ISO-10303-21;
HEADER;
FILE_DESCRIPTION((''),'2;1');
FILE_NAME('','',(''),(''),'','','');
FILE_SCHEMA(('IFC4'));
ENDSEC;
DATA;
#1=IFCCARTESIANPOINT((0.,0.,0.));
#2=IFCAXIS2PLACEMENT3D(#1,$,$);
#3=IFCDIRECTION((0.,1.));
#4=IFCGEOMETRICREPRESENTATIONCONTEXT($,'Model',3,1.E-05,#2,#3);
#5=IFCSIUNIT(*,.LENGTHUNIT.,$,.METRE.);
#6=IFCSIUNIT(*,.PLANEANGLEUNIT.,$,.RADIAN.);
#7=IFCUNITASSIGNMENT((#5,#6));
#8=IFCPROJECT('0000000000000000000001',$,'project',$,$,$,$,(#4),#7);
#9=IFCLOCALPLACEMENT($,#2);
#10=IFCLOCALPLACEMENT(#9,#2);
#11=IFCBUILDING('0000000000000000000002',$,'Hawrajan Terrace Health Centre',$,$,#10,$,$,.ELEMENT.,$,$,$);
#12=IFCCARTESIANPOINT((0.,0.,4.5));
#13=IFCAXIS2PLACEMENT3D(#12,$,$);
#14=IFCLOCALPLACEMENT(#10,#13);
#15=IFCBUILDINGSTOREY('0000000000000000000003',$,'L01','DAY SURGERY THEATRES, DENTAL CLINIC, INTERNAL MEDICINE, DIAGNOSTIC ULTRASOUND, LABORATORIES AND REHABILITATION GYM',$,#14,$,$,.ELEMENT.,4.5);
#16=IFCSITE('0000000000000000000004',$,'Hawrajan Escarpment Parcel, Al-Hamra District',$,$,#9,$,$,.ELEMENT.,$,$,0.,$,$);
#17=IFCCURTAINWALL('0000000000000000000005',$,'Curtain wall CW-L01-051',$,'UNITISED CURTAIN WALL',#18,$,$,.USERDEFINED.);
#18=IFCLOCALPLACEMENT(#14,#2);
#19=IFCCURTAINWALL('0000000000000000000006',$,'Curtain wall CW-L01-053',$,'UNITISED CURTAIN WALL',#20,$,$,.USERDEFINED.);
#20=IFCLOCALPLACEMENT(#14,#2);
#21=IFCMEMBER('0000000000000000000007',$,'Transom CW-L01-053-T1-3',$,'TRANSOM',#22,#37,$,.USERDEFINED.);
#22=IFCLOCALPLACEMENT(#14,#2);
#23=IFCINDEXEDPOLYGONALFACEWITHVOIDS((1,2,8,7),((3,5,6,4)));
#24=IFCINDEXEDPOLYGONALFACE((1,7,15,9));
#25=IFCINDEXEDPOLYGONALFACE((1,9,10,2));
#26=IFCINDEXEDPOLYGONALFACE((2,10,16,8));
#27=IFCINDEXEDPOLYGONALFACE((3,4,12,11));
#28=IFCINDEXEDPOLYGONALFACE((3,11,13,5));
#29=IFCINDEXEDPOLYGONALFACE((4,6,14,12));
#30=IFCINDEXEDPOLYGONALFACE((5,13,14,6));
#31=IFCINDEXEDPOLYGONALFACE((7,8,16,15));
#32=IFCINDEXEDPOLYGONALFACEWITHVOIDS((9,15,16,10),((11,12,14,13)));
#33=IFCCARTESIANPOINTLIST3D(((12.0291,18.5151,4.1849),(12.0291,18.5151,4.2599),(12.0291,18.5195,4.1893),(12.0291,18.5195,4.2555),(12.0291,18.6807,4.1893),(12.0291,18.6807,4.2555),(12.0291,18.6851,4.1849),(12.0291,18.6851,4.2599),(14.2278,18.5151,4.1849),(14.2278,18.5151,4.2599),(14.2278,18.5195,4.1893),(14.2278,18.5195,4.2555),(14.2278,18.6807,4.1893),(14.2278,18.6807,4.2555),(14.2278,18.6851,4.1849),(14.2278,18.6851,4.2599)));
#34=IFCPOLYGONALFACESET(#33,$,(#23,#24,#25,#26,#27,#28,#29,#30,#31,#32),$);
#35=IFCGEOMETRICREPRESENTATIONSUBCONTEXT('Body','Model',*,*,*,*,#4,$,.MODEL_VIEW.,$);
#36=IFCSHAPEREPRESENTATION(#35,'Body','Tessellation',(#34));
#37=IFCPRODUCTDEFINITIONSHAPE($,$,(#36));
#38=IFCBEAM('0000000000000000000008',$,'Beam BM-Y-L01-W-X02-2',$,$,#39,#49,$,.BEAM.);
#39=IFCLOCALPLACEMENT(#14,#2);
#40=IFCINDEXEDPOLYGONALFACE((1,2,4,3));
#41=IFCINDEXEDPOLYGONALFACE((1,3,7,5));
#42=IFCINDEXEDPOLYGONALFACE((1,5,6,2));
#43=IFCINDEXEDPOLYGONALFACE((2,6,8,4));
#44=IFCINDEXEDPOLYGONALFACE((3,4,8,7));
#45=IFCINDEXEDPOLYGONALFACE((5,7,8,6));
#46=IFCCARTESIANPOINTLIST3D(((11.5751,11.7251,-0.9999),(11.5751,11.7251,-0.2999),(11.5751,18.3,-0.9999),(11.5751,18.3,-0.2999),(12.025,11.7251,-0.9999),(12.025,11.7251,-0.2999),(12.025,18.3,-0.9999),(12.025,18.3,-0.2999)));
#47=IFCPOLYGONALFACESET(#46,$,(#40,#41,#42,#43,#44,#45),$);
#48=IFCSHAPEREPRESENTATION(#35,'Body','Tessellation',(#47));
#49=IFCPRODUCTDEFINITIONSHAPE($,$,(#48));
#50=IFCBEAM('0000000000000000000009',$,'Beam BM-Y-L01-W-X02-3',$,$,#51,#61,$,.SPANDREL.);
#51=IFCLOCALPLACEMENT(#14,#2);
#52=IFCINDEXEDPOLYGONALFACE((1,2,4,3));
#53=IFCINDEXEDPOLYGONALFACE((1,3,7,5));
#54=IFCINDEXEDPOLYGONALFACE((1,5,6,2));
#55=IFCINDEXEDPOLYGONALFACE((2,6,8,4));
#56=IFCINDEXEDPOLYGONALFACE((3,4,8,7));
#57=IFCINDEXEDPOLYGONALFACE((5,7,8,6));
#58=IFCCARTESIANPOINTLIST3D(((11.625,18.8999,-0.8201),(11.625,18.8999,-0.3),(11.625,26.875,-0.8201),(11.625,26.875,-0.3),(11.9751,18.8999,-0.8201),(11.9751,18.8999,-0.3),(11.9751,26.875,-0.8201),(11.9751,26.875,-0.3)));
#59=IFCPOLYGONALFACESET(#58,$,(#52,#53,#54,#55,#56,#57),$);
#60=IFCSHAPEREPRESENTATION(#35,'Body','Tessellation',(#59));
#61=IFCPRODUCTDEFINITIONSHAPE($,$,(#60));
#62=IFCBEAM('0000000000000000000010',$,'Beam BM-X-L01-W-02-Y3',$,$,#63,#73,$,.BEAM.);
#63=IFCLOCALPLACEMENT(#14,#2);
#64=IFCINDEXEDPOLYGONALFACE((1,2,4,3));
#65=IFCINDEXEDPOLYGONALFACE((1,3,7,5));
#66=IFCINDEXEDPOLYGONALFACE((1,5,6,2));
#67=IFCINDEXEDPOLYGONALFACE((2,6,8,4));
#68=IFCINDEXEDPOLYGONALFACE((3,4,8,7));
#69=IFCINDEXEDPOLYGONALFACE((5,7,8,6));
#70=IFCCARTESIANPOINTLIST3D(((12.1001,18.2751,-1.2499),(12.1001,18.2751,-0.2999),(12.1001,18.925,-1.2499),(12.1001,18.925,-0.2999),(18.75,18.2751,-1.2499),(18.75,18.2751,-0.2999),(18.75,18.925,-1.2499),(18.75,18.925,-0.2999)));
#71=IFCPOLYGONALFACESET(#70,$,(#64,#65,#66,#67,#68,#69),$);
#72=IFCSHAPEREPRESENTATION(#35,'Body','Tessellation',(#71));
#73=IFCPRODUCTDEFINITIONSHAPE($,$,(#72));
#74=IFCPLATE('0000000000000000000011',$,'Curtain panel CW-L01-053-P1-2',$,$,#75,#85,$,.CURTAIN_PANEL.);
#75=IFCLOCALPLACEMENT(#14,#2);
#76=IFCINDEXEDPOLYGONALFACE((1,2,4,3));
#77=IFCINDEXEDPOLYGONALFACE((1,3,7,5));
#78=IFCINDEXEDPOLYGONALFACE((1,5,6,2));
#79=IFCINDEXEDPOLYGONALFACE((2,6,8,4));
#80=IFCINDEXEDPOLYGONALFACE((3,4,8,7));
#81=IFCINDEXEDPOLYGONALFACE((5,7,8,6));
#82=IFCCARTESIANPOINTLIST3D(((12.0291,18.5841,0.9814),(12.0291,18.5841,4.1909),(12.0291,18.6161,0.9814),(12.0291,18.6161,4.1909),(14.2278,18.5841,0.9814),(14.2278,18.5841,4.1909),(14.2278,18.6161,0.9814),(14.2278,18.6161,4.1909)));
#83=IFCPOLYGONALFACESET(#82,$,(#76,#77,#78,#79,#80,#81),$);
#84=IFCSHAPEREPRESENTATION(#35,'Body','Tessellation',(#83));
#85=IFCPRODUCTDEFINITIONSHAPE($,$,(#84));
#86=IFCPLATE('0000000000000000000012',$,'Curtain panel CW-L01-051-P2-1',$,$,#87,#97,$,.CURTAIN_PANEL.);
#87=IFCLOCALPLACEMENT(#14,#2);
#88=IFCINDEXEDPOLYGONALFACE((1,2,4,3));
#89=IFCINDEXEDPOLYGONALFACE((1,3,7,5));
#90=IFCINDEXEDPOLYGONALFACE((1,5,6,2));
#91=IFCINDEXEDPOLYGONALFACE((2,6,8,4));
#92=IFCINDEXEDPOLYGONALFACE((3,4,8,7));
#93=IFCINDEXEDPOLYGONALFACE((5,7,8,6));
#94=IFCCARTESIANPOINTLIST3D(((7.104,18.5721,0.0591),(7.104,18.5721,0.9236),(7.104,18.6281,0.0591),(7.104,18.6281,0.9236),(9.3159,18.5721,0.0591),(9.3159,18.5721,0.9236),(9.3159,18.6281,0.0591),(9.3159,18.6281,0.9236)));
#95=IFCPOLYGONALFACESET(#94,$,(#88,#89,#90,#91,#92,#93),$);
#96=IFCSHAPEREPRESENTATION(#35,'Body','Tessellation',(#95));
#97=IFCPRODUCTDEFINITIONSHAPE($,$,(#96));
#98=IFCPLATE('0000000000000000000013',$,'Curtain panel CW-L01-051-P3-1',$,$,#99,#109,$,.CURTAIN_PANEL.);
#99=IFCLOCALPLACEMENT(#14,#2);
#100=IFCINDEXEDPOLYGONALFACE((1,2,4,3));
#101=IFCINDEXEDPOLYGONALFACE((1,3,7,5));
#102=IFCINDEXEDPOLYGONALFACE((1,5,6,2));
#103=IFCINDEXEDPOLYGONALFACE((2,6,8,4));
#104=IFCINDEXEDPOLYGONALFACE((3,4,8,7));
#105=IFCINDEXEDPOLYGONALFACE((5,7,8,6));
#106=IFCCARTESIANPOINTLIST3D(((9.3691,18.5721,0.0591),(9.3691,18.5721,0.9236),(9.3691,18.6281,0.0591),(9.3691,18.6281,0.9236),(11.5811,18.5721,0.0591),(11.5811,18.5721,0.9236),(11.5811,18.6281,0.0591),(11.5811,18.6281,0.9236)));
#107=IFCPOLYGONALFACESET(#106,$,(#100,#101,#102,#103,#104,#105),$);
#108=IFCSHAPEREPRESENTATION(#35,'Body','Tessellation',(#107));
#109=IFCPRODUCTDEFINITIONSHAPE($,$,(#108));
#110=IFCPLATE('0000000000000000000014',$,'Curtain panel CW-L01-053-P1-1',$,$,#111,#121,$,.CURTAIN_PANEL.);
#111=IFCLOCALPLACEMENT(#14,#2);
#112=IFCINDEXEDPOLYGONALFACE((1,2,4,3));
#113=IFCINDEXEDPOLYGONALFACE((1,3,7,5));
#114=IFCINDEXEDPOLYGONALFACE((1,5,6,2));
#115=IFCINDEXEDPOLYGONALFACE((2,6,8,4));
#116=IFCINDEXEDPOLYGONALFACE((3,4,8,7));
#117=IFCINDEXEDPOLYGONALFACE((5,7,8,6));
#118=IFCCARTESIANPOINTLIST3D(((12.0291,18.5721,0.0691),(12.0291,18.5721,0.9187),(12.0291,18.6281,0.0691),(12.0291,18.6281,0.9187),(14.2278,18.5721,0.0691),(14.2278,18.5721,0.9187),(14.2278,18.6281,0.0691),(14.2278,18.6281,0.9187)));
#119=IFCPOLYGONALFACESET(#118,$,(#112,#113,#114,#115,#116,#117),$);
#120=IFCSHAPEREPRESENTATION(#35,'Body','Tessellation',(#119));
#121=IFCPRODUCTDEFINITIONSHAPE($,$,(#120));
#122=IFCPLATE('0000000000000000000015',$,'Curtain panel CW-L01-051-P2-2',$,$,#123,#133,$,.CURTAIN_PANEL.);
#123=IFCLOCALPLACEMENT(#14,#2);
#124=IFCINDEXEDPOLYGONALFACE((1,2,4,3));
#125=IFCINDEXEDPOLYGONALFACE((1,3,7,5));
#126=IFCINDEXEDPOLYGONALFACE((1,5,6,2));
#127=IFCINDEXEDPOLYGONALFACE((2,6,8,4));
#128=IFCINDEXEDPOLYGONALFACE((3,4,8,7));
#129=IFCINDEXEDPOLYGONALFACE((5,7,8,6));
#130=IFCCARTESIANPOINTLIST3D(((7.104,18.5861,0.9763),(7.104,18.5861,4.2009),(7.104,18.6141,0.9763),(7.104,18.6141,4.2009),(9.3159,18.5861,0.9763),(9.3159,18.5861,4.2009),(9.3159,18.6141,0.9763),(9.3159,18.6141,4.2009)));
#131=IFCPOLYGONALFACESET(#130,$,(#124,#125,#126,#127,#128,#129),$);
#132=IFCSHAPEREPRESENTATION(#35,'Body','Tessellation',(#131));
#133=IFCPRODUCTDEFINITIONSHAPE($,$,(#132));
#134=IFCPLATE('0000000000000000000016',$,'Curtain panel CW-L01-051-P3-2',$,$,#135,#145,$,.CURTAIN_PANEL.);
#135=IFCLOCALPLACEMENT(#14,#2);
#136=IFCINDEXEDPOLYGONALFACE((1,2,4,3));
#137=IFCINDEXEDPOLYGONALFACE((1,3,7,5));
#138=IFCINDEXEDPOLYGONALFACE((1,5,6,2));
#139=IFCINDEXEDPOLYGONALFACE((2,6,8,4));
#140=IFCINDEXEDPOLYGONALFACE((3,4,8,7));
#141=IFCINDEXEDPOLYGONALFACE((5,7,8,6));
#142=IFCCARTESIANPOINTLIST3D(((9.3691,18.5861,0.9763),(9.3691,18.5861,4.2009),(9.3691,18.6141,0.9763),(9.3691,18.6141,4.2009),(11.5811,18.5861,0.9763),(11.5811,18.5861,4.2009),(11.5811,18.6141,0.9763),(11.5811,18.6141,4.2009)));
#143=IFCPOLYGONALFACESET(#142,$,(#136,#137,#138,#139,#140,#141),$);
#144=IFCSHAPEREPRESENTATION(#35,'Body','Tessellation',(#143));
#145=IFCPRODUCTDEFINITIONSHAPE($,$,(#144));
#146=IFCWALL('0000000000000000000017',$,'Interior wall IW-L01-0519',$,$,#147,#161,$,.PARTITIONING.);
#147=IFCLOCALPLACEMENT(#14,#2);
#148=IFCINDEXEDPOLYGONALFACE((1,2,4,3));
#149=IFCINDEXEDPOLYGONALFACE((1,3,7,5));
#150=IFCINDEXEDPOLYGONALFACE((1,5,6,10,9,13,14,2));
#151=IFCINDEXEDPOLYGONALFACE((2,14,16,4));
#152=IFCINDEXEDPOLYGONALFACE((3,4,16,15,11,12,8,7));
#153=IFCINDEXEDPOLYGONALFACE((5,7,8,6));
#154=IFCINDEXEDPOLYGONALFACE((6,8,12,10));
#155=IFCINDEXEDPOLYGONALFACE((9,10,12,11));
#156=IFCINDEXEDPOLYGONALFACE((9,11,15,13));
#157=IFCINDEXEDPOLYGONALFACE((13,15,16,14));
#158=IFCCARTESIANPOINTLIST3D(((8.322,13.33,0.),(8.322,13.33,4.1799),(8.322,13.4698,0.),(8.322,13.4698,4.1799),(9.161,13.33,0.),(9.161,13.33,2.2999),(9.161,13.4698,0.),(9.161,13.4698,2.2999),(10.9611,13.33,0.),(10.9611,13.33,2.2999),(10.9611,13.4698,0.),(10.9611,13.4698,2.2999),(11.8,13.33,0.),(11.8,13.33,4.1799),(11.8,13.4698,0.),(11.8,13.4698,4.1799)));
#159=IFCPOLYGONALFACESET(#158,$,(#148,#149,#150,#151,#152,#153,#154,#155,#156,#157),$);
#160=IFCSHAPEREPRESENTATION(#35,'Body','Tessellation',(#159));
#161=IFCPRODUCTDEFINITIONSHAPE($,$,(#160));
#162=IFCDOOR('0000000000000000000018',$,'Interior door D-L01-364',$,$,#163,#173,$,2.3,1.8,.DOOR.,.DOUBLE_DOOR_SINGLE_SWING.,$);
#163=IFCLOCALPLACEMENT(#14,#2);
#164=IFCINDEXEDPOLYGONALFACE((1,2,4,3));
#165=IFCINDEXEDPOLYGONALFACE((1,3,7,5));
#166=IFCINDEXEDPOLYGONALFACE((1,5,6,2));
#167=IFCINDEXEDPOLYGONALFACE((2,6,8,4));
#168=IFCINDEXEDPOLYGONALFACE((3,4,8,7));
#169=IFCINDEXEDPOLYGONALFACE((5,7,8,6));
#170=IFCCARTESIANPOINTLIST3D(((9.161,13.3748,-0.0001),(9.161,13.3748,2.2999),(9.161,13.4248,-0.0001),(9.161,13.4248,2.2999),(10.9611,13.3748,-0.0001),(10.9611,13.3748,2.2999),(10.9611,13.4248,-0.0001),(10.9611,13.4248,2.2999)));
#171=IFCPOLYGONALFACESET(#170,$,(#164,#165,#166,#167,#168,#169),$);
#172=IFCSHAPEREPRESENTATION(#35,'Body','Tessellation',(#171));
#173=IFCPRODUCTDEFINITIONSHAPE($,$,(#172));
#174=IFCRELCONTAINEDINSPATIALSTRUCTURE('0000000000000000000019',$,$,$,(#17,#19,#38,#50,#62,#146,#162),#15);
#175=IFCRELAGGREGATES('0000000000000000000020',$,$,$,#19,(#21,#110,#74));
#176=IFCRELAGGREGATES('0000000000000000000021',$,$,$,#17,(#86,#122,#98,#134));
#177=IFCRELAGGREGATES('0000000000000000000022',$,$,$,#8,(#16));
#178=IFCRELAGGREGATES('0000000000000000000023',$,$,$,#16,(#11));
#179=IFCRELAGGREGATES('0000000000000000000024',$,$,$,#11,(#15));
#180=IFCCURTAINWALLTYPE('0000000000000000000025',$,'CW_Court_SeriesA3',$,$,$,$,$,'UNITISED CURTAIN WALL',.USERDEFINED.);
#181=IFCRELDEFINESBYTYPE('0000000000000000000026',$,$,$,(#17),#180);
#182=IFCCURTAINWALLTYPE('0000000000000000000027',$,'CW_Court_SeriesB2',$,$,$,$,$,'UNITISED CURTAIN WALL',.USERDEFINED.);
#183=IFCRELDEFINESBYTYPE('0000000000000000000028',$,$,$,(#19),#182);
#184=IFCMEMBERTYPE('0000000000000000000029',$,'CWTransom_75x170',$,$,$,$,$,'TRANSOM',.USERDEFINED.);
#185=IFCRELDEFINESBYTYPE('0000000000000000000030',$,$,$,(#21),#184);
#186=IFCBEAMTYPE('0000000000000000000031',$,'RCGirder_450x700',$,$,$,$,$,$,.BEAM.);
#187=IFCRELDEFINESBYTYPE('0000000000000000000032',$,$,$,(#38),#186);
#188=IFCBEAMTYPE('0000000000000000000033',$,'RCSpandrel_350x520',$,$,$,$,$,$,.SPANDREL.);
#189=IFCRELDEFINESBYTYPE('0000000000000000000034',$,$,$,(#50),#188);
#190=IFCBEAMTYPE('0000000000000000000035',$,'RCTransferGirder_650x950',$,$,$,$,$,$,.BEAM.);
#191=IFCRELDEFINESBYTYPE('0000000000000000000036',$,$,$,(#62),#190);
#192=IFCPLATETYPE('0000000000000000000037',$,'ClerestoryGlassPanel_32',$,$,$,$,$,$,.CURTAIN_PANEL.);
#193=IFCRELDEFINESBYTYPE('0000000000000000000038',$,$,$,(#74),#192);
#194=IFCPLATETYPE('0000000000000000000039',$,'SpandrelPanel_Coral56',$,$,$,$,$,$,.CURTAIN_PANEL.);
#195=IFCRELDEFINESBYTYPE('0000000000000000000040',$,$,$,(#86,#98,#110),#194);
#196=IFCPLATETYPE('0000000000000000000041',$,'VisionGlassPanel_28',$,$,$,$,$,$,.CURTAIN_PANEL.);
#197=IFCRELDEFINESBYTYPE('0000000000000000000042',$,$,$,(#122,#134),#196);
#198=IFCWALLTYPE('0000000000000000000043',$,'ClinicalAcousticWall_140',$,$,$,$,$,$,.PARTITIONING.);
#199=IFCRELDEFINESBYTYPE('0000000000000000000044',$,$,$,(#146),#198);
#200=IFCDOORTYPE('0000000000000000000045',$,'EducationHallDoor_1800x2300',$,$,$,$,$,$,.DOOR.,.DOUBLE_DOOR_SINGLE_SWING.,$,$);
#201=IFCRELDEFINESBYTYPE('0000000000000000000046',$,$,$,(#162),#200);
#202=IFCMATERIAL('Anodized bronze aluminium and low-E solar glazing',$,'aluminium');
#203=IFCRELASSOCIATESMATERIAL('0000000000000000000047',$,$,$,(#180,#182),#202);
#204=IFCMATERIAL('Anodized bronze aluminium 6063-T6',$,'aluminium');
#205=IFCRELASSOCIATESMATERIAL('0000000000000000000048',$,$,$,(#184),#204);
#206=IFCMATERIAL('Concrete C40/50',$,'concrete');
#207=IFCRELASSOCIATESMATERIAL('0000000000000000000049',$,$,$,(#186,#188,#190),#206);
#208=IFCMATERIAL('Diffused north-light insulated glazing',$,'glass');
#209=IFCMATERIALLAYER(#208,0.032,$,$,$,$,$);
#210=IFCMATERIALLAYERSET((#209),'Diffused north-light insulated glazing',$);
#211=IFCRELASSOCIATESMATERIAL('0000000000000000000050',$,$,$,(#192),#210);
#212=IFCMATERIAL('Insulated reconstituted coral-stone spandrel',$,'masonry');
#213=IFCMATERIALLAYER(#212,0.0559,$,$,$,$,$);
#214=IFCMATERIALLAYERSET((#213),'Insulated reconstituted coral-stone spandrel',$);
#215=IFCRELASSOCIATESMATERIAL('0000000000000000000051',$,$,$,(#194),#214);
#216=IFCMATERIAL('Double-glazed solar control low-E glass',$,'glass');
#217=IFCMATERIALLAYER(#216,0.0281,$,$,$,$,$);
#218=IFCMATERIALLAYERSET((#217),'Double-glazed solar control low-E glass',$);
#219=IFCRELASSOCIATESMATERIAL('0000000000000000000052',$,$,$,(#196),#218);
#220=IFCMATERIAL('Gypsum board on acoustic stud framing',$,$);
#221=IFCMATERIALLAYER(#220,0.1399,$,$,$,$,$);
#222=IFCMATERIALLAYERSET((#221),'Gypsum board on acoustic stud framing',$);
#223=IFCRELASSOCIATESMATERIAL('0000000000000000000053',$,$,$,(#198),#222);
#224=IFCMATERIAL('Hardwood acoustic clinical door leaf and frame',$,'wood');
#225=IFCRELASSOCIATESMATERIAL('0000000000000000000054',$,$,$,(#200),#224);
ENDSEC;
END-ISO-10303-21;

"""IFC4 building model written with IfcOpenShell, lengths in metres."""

from ifc_helpers import new_model, si_unit, direction, frame, frame_2d, origin, origin_2d, place, context, subcontext, project, spatial, rectangle, hollow_rectangle, extrude, material, layer, layer_set, material_profile, profile_set, type_object, element, fill, aggregate, save


model = new_model("IFC4")

# Units and contexts
model_context = context("Model", 3, precision=1e-05, world=origin(), true_north=direction((0.0, 1.0)))
body_context = subcontext(model_context, "Body", "Model", "MODEL_VIEW")
ifc_project = project(units=[si_unit("LENGTHUNIT", "METRE"), si_unit("PLANEANGLEUNIT", "RADIAN")], contexts=[model_context])

# Site, building, storey
site_placement = place(None, origin())
site = spatial("IfcSite", under=ifc_project, at=site_placement, Name="Hawrajan Escarpment Parcel, Al-Hamra District", CompositionType="ELEMENT", RefElevation=0.0)
building_placement = place(site_placement, origin())
building = spatial("IfcBuilding", under=site, at=building_placement, Name="Hawrajan Terrace Health Centre", CompositionType="ELEMENT")
storey_placement = place(building_placement, frame((0.0, 0.0, 4.5)))
storey = spatial("IfcBuildingStorey", under=building, at=storey_placement, Name="L01", Description="DAY SURGERY THEATRES, DENTAL CLINIC, INTERNAL MEDICINE, DIAGNOSTIC ULTRASOUND, LABORATORIES AND REHABILITATION GYM", CompositionType="ELEMENT", Elevation=4.5)

# Curtain wall
ifc_material_1 = material(Name="Anodized bronze aluminium and low-E solar glazing", Category="aluminium")
curtain_wall_type_1 = type_object("IfcCurtainWallType", Name="CW_Court_SeriesA3", ElementType="UNITISED CURTAIN WALL", PredefinedType="USERDEFINED", material=ifc_material_1)
curtain_wall_1_placement = place(storey_placement, origin())
curtain_wall_1 = element("IfcCurtainWall", 1, at=curtain_wall_1_placement, inside=storey, type_object=curtain_wall_type_1, Name="Curtain wall CW-L01-051", ObjectType="UNITISED CURTAIN WALL", PredefinedType="USERDEFINED")
ifc_material_2 = material(Name="Anodized bronze aluminium 6063-T6", Category="aluminium")

# Curtain wall
curtain_wall_type_2 = type_object("IfcCurtainWallType", Name="CW_Court_SeriesB2", ElementType="UNITISED CURTAIN WALL", PredefinedType="USERDEFINED", material=ifc_material_1)
curtain_wall_2_placement = place(storey_placement, origin())
curtain_wall_2 = element("IfcCurtainWall", 2, at=curtain_wall_2_placement, inside=storey, type_object=curtain_wall_type_2, Name="Curtain wall CW-L01-053", ObjectType="UNITISED CURTAIN WALL", PredefinedType="USERDEFINED")

# Member
ifc_material_profile_1 = material_profile(ifc_material_2, hollow_rectangle(XDim=0.075, YDim=0.1699, WallThickness=0.0044, at=origin_2d()), Name="CW TRN 75x170")
ifc_profile_set_1 = profile_set([ifc_material_profile_1], Name="Anodized bronze aluminium 6063-T6")
member_type_1 = type_object("IfcMemberType", Name="CWTransom_75x170", ElementType="TRANSOM", PredefinedType="USERDEFINED", material=ifc_profile_set_1)
member_1_placement = place(storey_placement, frame((12.0291, 18.6001, 4.2224), z_axis=(1.0, 0.0, 0.0), x_axis=(0.0, 0.0, 1.0)))
member_1 = element("IfcMember", 3, at=member_1_placement, type_object=member_type_1, Name="Transom CW-L01-053-T1-3", ObjectType="TRANSOM", PredefinedType="USERDEFINED", context=body_context, shape_type="SweptSolid", body=[
    extrude(hollow_rectangle(XDim=0.075, YDim=0.1699, WallThickness=0.0044, at=origin_2d()), origin(), (0.0, 0.0, 1.0), 2.1987),
])

# Beams
ifc_material_3 = material(Name="Concrete C40/50", Category="concrete")
ifc_material_profile_2 = material_profile(ifc_material_3, rectangle(XDim=0.45, YDim=0.7, at=origin_2d()), Name="RC BM 450x700")
ifc_profile_set_2 = profile_set([ifc_material_profile_2], Name="Concrete C40/50")
beam_type_1 = type_object("IfcBeamType", Name="RCGirder_450x700", PredefinedType="BEAM", material=ifc_profile_set_2)
beam_1_placement = place(storey_placement, frame((11.8, 11.7251, -0.6499), z_axis=(0.0, 1.0, 0.0), x_axis=(-1.0, 0.0, 0.0)))
element("IfcBeam", 4, at=beam_1_placement, inside=storey, type_object=beam_type_1, Name="Beam BM-Y-L01-W-X02-2", PredefinedType="BEAM", context=body_context, shape_type="SweptSolid", body=[
    extrude(rectangle(XDim=0.45, YDim=0.7, at=origin_2d()), origin(), (0.0, 0.0, 1.0), 6.575),
])
ifc_material_profile_3 = material_profile(ifc_material_3, rectangle(XDim=0.3501, YDim=0.52, at=origin_2d()), Name="RC SP 350x520")
ifc_profile_set_3 = profile_set([ifc_material_profile_3], Name="Concrete C40/50")
beam_type_2 = type_object("IfcBeamType", Name="RCSpandrel_350x520", PredefinedType="SPANDREL", material=ifc_profile_set_3)
beam_2_placement = place(storey_placement, frame((11.8, 18.8999, -0.5601), z_axis=(0.0, 1.0, 0.0), x_axis=(-1.0, 0.0, 0.0)))
element("IfcBeam", 5, at=beam_2_placement, inside=storey, type_object=beam_type_2, Name="Beam BM-Y-L01-W-X02-3", PredefinedType="SPANDREL", context=body_context, shape_type="SweptSolid", body=[
    extrude(rectangle(XDim=0.3501, YDim=0.52, at=origin_2d()), origin(), (0.0, 0.0, 1.0), 7.9751),
])
ifc_material_profile_4 = material_profile(ifc_material_3, rectangle(XDim=0.6499, YDim=0.95, at=origin_2d()), Name="RC TG 650x950")
ifc_profile_set_4 = profile_set([ifc_material_profile_4], Name="Concrete C40/50")
beam_type_3 = type_object("IfcBeamType", Name="RCTransferGirder_650x950", PredefinedType="BEAM", material=ifc_profile_set_4)
beam_3_placement = place(storey_placement, frame((12.1001, 18.6001, -0.7749), z_axis=(1.0, 0.0, 0.0), x_axis=(0.0, 1.0, 0.0)))
element("IfcBeam", 6, at=beam_3_placement, inside=storey, type_object=beam_type_3, Name="Beam BM-X-L01-W-02-Y3", PredefinedType="BEAM", context=body_context, shape_type="SweptSolid", body=[
    extrude(rectangle(XDim=0.6499, YDim=0.95, at=origin_2d()), origin(), (0.0, 0.0, 1.0), 6.6499),
])

# Plates
ifc_material_4 = material(Name="Diffused north-light insulated glazing", Category="glass")
ifc_layer_1 = layer(ifc_material_4, 0.032)
ifc_layer_set_1 = layer_set([ifc_layer_1], Name="Diffused north-light insulated glazing")
plate_type_1 = type_object("IfcPlateType", Name="ClerestoryGlassPanel_32", PredefinedType="CURTAIN_PANEL", material=ifc_layer_set_1)
plate_1_placement = place(storey_placement, frame((13.1284, 18.6001, 0.9814), z_axis=(0.0, 0.0, 1.0), x_axis=(1.0, 0.0, 0.0)))
plate_1 = element("IfcPlate", 7, at=plate_1_placement, type_object=plate_type_1, Name="Curtain panel CW-L01-053-P1-2", PredefinedType="CURTAIN_PANEL", context=body_context, shape_type="SweptSolid", body=[
    extrude(rectangle(XDim=2.1987, YDim=0.032, at=origin_2d()), origin(), (0.0, 0.0, 1.0), 3.2095),
])
ifc_material_5 = material(Name="Insulated reconstituted coral-stone spandrel", Category="masonry")
ifc_layer_2 = layer(ifc_material_5, 0.0559)
ifc_layer_set_2 = layer_set([ifc_layer_2], Name="Insulated reconstituted coral-stone spandrel")
plate_type_2 = type_object("IfcPlateType", Name="SpandrelPanel_Coral56", PredefinedType="CURTAIN_PANEL", material=ifc_layer_set_2)
plate_2_placement = place(storey_placement, frame((8.21, 18.6001, 0.0591), z_axis=(0.0, 0.0, 1.0), x_axis=(1.0, 0.0, 0.0)))
plate_2 = element("IfcPlate", 8, at=plate_2_placement, type_object=plate_type_2, Name="Curtain panel CW-L01-051-P2-1", PredefinedType="CURTAIN_PANEL", context=body_context, shape_type="SweptSolid", body=[
    extrude(rectangle(XDim=2.2119, YDim=0.0559, at=origin_2d()), origin(), (0.0, 0.0, 1.0), 0.8645),
])
plate_3_placement = place(storey_placement, frame((10.4751, 18.6001, 0.0591), z_axis=(0.0, 0.0, 1.0), x_axis=(1.0, 0.0, 0.0)))
plate_3 = element("IfcPlate", 9, at=plate_3_placement, type_object=plate_type_2, Name="Curtain panel CW-L01-051-P3-1", PredefinedType="CURTAIN_PANEL", context=body_context, shape_type="SweptSolid", body=[
    extrude(rectangle(XDim=2.2119, YDim=0.0559, at=origin_2d()), origin(), (0.0, 0.0, 1.0), 0.8645),
])
plate_4_placement = place(storey_placement, frame((13.1284, 18.6001, 0.0691), z_axis=(0.0, 0.0, 1.0), x_axis=(1.0, 0.0, 0.0)))
plate_4 = element("IfcPlate", 10, at=plate_4_placement, type_object=plate_type_2, Name="Curtain panel CW-L01-053-P1-1", PredefinedType="CURTAIN_PANEL", context=body_context, shape_type="SweptSolid", body=[
    extrude(rectangle(XDim=2.1987, YDim=0.0559, at=origin_2d()), origin(), (0.0, 0.0, 1.0), 0.8496),
])
aggregate(curtain_wall_2, [member_1, plate_4, plate_1])
ifc_material_6 = material(Name="Double-glazed solar control low-E glass", Category="glass")
ifc_layer_3 = layer(ifc_material_6, 0.0281)
ifc_layer_set_3 = layer_set([ifc_layer_3], Name="Double-glazed solar control low-E glass")
plate_type_3 = type_object("IfcPlateType", Name="VisionGlassPanel_28", PredefinedType="CURTAIN_PANEL", material=ifc_layer_set_3)
plate_5_placement = place(storey_placement, frame((8.21, 18.6001, 0.9763), z_axis=(0.0, 0.0, 1.0), x_axis=(1.0, 0.0, 0.0)))
plate_5 = element("IfcPlate", 11, at=plate_5_placement, type_object=plate_type_3, Name="Curtain panel CW-L01-051-P2-2", PredefinedType="CURTAIN_PANEL", context=body_context, shape_type="SweptSolid", body=[
    extrude(rectangle(XDim=2.2119, YDim=0.0281, at=origin_2d()), origin(), (0.0, 0.0, 1.0), 3.2246),
])
plate_6_placement = place(storey_placement, frame((10.4751, 18.6001, 0.9763), z_axis=(0.0, 0.0, 1.0), x_axis=(1.0, 0.0, 0.0)))
plate_6 = element("IfcPlate", 12, at=plate_6_placement, type_object=plate_type_3, Name="Curtain panel CW-L01-051-P3-2", PredefinedType="CURTAIN_PANEL", context=body_context, shape_type="SweptSolid", body=[
    extrude(rectangle(XDim=2.2119, YDim=0.0281, at=origin_2d()), origin(), (0.0, 0.0, 1.0), 3.2246),
])
aggregate(curtain_wall_1, [plate_2, plate_5, plate_3, plate_6])

# Wall, opening, door
ifc_material_7 = material(Name="Gypsum board on acoustic stud framing")
ifc_layer_4 = layer(ifc_material_7, 0.1399)
ifc_layer_set_4 = layer_set([ifc_layer_4], Name="Gypsum board on acoustic stud framing")
wall_type_1 = type_object("IfcWallType", Name="ClinicalAcousticWall_140", PredefinedType="PARTITIONING", material=ifc_layer_set_4)
wall_1_placement = place(storey_placement, frame((8.322, 13.3999, 0.0), z_axis=(0.0, 0.0, 1.0), x_axis=(1.0, 0.0, 0.0)))
wall_1 = element("IfcWall", 13, at=wall_1_placement, inside=storey, type_object=wall_type_1, Name="Interior wall IW-L01-0519", PredefinedType="PARTITIONING", context=body_context, shape_type="SweptSolid", body=[
    extrude(rectangle(XDim=3.478, YDim=0.1399, at=frame_2d((1.739, 0.0))), origin(), (0.0, 0.0, 1.0), 4.1799),
])
opening_1_placement = place(wall_1_placement, frame((0.8391, 0.0, 0.0)))
opening_1 = element("IfcOpeningElement", 14, at=opening_1_placement, cuts=wall_1, PredefinedType="OPENING", context=body_context, shape_type="SweptSolid", body=[
    extrude(rectangle(XDim=1.8, YDim=2.3, at=frame_2d((0.8999, 1.1499))), frame((0.0, 0.0798, 0.0), z_axis=(0.0, -1.0, 0.0), x_axis=(1.0, 0.0, 0.0)), (0.0, 0.0, 1.0), 0.1599),
])
ifc_material_8 = material(Name="Hardwood acoustic clinical door leaf and frame", Category="wood")
door_type_1 = type_object("IfcDoorType", Name="EducationHallDoor_1800x2300", OperationType="DOUBLE_DOOR_SINGLE_SWING", PredefinedType="DOOR", material=ifc_material_8)
door_1_placement = place(opening_1_placement, origin())
door_1 = element("IfcDoor", 15, at=door_1_placement, inside=storey, type_object=door_type_1, Name="Interior door D-L01-364", OperationType="DOUBLE_DOOR_SINGLE_SWING", OverallHeight=2.3, OverallWidth=1.8, PredefinedType="DOOR", context=body_context, shape_type="SweptSolid", body=[
    extrude(rectangle(XDim=1.8, YDim=2.3, at=frame_2d((0.8999, 1.1499))), frame((0.0, 0.0249, 0.0), z_axis=(0.0, -1.0, 0.0), x_axis=(1.0, 0.0, 0.0)), (0.0, 0.0, 1.0), 0.05),
])
fill(opening_1, door_1)

save(model, "model.ifc")
